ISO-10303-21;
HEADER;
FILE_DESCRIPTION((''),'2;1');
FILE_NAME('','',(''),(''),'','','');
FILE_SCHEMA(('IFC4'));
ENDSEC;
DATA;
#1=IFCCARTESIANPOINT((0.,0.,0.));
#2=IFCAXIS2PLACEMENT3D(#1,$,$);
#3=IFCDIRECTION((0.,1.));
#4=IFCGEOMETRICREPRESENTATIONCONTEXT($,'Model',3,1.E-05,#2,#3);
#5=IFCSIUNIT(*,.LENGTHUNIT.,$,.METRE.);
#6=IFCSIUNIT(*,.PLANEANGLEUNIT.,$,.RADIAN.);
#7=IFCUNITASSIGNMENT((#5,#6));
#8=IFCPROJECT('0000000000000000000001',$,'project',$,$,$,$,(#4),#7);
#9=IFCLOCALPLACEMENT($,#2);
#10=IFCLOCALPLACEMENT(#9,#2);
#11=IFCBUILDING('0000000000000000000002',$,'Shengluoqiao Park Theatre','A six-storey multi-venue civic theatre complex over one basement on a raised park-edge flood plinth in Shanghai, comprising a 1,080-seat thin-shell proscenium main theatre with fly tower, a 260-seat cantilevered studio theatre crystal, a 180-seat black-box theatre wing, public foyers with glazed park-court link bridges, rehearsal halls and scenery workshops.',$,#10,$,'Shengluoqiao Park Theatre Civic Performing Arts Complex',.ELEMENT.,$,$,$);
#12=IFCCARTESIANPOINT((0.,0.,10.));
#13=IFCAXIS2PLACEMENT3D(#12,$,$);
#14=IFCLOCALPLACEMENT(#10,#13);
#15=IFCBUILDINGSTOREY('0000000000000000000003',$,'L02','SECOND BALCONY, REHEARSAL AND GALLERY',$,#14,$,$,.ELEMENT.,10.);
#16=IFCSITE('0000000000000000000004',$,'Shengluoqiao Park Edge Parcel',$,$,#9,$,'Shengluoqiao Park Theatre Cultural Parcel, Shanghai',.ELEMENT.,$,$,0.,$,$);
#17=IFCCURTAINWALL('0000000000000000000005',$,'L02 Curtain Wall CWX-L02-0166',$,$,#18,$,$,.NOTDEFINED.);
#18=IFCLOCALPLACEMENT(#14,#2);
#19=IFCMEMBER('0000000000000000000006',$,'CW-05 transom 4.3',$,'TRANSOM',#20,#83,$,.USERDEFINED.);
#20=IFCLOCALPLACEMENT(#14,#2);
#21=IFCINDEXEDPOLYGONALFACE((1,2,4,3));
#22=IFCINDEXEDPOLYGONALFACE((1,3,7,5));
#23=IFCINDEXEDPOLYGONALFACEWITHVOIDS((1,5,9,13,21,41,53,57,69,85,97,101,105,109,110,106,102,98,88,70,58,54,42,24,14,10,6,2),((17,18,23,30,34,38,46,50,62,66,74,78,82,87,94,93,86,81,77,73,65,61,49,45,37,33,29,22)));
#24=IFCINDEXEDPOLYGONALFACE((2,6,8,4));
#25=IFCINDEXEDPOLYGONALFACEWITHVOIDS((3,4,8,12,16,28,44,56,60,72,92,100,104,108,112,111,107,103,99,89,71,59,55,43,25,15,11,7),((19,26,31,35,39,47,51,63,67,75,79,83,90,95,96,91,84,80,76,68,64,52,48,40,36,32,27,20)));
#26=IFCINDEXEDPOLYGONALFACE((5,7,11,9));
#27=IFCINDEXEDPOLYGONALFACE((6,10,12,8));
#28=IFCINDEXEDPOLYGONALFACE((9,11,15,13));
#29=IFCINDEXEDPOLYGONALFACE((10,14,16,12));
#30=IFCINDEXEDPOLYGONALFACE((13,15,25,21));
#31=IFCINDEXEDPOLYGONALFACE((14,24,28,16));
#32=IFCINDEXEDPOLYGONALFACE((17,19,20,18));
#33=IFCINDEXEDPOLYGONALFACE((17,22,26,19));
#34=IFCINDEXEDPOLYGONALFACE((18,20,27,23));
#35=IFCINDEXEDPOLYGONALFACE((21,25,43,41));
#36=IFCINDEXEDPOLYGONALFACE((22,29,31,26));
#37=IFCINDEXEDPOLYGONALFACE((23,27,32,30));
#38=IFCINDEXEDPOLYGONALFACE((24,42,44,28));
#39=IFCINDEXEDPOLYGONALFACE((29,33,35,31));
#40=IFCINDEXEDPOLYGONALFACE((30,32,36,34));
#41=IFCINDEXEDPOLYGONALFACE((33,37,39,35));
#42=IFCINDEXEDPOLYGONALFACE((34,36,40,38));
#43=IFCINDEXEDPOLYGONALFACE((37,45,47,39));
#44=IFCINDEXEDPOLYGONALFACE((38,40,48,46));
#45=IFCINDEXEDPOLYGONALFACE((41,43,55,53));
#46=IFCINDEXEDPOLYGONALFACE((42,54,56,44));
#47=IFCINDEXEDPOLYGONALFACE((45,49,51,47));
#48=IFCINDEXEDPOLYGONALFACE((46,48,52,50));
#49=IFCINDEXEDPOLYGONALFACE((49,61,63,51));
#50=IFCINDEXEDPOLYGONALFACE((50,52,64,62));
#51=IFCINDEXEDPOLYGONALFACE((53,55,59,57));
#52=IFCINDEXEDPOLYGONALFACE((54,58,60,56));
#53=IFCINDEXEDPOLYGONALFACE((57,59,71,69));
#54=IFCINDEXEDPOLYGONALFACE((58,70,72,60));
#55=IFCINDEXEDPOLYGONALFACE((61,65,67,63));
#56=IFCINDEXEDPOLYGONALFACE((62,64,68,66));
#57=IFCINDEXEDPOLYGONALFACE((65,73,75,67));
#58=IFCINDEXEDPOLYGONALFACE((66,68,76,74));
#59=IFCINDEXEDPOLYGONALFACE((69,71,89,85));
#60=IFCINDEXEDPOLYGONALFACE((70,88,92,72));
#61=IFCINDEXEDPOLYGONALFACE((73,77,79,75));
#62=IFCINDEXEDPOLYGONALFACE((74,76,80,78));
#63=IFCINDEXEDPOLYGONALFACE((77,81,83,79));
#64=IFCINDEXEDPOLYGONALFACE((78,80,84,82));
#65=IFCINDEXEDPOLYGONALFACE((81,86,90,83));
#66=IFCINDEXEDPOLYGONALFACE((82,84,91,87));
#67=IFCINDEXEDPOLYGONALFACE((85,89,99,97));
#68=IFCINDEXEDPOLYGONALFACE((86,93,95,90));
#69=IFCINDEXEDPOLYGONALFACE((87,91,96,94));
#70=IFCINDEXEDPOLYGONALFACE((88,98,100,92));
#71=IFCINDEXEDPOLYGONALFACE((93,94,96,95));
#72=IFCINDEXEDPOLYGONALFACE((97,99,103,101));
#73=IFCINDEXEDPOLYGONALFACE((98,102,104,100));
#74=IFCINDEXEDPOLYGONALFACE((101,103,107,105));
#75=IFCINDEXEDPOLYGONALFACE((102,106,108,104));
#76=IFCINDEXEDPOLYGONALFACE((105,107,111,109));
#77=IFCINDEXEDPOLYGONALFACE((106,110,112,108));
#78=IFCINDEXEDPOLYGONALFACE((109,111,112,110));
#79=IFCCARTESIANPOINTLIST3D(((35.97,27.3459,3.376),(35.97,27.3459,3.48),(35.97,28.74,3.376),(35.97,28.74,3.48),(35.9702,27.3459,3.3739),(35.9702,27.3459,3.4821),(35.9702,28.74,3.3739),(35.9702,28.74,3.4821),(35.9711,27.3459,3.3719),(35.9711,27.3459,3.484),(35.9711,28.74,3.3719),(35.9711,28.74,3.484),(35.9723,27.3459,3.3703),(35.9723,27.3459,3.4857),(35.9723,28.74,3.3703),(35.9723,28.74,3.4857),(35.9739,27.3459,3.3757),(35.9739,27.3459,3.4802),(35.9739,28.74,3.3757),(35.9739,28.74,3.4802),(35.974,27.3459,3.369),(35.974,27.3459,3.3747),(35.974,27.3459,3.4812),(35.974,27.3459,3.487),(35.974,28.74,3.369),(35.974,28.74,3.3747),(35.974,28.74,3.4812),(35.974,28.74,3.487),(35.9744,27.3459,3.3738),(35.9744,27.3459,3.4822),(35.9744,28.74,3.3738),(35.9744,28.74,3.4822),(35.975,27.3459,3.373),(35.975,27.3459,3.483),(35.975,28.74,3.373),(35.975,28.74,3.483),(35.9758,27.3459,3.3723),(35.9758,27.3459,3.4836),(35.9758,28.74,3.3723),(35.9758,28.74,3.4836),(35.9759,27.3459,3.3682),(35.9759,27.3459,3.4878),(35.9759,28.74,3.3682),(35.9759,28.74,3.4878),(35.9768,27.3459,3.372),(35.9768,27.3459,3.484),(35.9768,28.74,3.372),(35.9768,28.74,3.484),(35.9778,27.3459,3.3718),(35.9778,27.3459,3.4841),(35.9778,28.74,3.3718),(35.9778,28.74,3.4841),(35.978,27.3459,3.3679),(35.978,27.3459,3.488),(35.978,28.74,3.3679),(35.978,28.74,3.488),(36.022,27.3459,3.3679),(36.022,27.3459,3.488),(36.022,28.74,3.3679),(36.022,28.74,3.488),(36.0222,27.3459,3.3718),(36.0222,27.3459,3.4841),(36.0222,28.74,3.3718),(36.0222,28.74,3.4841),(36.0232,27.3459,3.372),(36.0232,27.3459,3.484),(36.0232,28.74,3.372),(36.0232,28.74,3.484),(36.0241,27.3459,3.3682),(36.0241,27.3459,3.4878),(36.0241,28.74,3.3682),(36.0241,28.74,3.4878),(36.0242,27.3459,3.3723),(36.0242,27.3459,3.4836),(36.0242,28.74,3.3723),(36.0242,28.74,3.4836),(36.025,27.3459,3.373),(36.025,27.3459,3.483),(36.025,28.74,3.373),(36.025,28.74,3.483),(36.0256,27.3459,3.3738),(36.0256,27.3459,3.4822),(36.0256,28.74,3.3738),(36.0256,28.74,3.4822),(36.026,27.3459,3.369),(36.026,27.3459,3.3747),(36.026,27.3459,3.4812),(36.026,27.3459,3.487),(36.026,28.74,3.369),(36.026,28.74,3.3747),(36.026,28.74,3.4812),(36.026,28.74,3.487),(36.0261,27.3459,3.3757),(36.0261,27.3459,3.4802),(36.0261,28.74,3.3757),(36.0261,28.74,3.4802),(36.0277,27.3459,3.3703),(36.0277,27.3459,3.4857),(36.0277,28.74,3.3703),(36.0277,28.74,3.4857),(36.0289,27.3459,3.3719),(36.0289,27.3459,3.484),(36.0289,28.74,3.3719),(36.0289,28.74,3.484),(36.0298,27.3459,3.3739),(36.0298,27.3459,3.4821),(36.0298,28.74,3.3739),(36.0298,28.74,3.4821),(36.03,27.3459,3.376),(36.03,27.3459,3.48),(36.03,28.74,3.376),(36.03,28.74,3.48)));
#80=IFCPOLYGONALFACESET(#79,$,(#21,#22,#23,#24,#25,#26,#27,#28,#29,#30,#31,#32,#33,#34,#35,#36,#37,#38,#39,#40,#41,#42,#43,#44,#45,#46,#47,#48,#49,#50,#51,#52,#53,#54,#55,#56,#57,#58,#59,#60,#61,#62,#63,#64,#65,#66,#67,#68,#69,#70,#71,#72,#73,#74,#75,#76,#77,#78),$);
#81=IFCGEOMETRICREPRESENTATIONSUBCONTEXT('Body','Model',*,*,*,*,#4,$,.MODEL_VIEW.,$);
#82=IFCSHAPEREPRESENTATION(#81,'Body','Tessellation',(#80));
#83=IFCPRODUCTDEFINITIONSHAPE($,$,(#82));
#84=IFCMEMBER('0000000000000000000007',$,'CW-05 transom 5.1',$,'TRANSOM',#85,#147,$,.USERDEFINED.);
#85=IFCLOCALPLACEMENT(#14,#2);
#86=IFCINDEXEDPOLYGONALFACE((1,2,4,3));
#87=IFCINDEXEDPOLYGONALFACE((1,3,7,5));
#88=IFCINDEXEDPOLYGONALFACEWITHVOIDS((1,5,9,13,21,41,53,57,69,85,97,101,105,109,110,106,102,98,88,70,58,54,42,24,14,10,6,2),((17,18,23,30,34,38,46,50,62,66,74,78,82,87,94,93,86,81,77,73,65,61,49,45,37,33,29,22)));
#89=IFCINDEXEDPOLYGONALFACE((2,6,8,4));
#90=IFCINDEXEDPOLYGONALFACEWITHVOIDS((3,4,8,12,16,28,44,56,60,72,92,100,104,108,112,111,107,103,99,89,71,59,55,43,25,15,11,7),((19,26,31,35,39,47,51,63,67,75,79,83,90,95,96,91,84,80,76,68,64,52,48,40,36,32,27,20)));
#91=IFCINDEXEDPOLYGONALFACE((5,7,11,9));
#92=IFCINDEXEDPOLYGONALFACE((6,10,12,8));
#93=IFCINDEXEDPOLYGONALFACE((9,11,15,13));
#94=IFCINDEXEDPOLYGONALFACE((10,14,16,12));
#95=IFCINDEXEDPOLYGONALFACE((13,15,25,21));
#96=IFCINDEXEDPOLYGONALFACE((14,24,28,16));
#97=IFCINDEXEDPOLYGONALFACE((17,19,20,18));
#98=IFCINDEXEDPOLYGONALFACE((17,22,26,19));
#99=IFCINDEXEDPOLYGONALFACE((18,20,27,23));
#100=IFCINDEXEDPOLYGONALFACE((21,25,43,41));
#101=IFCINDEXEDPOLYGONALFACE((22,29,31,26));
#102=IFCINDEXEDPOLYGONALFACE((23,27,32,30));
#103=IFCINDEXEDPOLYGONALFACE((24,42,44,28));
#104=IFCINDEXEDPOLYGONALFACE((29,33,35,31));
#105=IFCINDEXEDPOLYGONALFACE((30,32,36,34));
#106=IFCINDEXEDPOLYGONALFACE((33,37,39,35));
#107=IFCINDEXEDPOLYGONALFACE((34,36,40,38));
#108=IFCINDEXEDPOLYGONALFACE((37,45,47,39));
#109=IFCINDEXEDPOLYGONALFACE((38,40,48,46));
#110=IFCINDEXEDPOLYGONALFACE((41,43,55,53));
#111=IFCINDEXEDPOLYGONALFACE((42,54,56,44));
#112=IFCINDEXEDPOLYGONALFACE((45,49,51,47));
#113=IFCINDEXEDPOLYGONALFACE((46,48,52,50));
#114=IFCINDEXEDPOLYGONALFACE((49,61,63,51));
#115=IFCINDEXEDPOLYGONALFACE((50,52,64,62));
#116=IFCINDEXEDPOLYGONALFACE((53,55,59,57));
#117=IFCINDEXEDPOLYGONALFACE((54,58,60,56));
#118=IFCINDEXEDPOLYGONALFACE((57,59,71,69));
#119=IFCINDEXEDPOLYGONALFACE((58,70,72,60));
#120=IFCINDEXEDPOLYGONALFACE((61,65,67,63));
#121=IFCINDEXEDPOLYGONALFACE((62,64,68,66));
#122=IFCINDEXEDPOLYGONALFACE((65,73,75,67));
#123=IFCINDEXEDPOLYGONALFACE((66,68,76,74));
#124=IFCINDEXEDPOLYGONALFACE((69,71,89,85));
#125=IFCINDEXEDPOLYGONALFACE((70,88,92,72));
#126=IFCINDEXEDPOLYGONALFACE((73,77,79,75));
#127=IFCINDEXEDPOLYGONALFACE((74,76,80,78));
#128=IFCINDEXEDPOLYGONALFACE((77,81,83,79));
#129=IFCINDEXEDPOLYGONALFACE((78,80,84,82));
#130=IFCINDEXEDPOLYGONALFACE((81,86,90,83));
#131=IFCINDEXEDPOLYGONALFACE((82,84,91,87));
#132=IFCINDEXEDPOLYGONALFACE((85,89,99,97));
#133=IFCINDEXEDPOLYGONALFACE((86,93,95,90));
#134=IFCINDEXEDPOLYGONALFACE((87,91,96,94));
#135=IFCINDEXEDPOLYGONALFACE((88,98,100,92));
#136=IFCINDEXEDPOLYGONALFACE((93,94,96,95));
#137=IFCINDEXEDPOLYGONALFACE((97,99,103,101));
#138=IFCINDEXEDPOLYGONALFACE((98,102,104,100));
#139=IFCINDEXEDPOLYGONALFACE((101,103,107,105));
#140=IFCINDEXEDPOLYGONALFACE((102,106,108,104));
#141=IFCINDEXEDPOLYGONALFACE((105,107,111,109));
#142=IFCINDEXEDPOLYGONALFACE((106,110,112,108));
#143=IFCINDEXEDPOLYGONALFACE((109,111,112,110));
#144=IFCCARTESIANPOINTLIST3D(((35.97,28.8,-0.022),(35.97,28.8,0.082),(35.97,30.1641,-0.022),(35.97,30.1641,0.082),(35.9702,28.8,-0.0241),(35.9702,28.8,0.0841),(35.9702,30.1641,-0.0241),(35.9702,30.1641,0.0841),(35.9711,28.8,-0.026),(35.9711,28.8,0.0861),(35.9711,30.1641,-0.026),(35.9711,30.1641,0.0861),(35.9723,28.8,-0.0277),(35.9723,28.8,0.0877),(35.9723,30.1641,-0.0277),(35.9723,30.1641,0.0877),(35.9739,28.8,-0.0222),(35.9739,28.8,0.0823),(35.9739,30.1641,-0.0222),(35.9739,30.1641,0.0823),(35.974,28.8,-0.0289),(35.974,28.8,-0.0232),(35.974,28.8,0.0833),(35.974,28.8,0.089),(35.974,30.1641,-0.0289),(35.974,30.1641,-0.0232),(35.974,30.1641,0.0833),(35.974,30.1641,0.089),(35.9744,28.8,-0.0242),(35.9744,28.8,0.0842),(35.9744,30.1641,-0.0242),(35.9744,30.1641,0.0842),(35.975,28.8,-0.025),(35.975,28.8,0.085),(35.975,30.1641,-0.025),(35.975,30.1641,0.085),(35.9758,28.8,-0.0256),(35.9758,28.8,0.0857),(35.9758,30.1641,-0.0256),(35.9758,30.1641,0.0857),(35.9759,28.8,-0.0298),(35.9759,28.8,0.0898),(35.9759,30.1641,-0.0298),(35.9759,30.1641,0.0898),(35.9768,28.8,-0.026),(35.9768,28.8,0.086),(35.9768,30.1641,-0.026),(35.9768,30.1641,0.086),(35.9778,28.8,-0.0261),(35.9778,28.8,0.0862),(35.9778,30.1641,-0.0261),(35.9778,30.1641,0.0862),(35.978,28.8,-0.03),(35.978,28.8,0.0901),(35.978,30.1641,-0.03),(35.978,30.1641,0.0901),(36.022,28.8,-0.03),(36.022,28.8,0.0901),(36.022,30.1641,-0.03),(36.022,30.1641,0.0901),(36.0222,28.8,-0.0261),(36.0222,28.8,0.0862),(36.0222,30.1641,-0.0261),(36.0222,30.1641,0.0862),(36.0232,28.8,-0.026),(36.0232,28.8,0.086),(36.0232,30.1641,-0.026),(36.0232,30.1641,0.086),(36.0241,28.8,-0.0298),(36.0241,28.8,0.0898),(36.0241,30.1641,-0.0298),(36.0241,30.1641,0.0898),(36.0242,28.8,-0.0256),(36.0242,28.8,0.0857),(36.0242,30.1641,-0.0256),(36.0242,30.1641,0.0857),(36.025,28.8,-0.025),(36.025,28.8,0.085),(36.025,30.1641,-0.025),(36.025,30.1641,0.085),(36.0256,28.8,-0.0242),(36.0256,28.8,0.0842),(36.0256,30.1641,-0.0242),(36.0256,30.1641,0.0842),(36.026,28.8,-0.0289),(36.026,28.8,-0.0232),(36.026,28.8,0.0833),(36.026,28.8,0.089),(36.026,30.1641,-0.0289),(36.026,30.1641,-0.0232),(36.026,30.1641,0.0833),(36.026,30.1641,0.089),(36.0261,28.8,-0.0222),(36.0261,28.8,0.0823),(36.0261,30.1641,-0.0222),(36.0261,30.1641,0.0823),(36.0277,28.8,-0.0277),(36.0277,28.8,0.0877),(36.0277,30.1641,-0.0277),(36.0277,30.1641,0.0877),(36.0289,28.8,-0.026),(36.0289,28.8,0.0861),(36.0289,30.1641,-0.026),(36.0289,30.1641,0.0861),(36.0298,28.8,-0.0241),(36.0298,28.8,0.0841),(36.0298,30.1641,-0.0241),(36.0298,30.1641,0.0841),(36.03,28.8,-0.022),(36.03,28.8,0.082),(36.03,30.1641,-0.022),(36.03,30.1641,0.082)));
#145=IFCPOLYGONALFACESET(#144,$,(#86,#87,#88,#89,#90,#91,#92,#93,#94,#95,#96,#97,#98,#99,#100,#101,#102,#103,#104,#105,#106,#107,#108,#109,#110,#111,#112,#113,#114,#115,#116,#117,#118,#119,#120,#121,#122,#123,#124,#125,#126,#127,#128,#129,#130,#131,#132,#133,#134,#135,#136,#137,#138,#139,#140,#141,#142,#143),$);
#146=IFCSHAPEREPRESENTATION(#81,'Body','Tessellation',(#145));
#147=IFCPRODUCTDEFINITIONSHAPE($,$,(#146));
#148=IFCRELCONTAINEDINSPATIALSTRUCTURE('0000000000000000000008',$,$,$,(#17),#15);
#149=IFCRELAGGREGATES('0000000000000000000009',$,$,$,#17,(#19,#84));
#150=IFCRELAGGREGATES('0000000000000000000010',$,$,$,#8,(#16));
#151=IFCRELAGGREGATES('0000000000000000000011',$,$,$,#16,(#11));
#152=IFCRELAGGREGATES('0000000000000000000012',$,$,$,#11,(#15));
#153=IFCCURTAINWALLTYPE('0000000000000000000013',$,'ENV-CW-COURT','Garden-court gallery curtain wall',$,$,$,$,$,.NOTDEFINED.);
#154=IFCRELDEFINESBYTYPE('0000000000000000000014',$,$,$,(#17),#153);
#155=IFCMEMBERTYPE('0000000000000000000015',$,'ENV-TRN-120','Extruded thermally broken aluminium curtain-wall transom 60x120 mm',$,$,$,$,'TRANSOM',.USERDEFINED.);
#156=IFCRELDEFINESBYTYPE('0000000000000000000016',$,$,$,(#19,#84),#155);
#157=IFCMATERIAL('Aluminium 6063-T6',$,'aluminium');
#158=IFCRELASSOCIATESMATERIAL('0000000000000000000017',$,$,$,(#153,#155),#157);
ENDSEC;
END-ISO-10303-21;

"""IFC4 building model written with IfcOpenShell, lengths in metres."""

from ifc_helpers import new_model, si_unit, direction, frame, origin, origin_2d, place, context, subcontext, project, spatial, hollow_rectangle, extrude, material, material_profile, profile_set, type_object, element, aggregate, save


model = new_model("IFC4")

# Units and contexts
model_context = context("Model", 3, precision=1e-05, world=origin(), true_north=direction((0.0, 1.0)))
body_context = subcontext(model_context, "Body", "Model", "MODEL_VIEW")
ifc_project = project(units=[si_unit("LENGTHUNIT", "METRE"), si_unit("PLANEANGLEUNIT", "RADIAN")], contexts=[model_context])

# Site, building, storey
site_placement = place(None, origin())
site = spatial("IfcSite", under=ifc_project, at=site_placement, Name="Shengluoqiao Park Edge Parcel", LongName="Shengluoqiao Park Theatre Cultural Parcel, Shanghai", CompositionType="ELEMENT", RefElevation=0.0)
building_placement = place(site_placement, origin())
building = spatial("IfcBuilding", under=site, at=building_placement, Name="Shengluoqiao Park Theatre", Description="A six-storey multi-venue civic theatre complex over one basement on a raised park-edge flood plinth in Shanghai, comprising a 1,080-seat thin-shell proscenium main theatre with fly tower, a 260-seat cantilevered studio theatre crystal, a 180-seat black-box theatre wing, public foyers with glazed park-court link bridges, rehearsal halls and scenery workshops.", LongName="Shengluoqiao Park Theatre Civic Performing Arts Complex", CompositionType="ELEMENT")
storey_placement = place(building_placement, frame((0.0, 0.0, 10.0)))
storey = spatial("IfcBuildingStorey", under=building, at=storey_placement, Name="L02", Description="SECOND BALCONY, REHEARSAL AND GALLERY", CompositionType="ELEMENT", Elevation=10.0)

# Curtain wall
ifc_material_1 = material(Name="Aluminium 6063-T6", Category="aluminium")
curtain_wall_type = type_object("IfcCurtainWallType", Name="ENV-CW-COURT", Description="Garden-court gallery curtain wall", PredefinedType="NOTDEFINED", material=ifc_material_1)
curtain_wall_1_placement = place(storey_placement, origin())
curtain_wall_1 = element("IfcCurtainWall", 1, at=curtain_wall_1_placement, inside=storey, type_object=curtain_wall_type, Name="L02 Curtain Wall CWX-L02-0166", PredefinedType="NOTDEFINED")

# Members
ifc_material_profile_1 = material_profile(ifc_material_1, hollow_rectangle(XDim=0.0601, YDim=0.1201, WallThickness=0.0039, InnerFilletRadius=0.0039, OuterFilletRadius=0.0081, at=origin_2d()), Name="ALU TRANSOM 120x60x4")
ifc_profile_set_1 = profile_set([ifc_material_profile_1], Name="Aluminium 6063-T6")
member_type_1 = type_object("IfcMemberType", Name="ENV-TRN-120", Description="Extruded thermally broken aluminium curtain-wall transom 60x120 mm", ElementType="TRANSOM", PredefinedType="USERDEFINED", material=ifc_profile_set_1)
member_1_placement = place(storey_placement, frame((36.0, 27.3459, 3.428), z_axis=(0.0, 1.0, 0.0), x_axis=(-1.0, 0.0, 0.0)))
member_1 = element("IfcMember", 2, at=member_1_placement, type_object=member_type_1, Name="CW-05 transom 4.3", ObjectType="TRANSOM", PredefinedType="USERDEFINED", context=body_context, shape_type="SweptSolid", body=[
    extrude(hollow_rectangle(XDim=0.0601, YDim=0.1201, WallThickness=0.0039, InnerFilletRadius=0.0039, OuterFilletRadius=0.0081, at=origin_2d()), origin(), (0.0, 0.0, 1.0), 1.394),
])
member_2_placement = place(storey_placement, frame((36.0, 28.8, 0.03), z_axis=(0.0, 1.0, 0.0), x_axis=(-1.0, 0.0, 0.0)))
member_2 = element("IfcMember", 3, at=member_2_placement, type_object=member_type_1, Name="CW-05 transom 5.1", ObjectType="TRANSOM", PredefinedType="USERDEFINED", context=body_context, shape_type="SweptSolid", body=[
    extrude(hollow_rectangle(XDim=0.0601, YDim=0.1201, WallThickness=0.0039, InnerFilletRadius=0.0039, OuterFilletRadius=0.0081, at=origin_2d()), origin(), (0.0, 0.0, 1.0), 1.364),
])

aggregate(curtain_wall_1, [member_1, member_2])

save(model, "model.ifc")
